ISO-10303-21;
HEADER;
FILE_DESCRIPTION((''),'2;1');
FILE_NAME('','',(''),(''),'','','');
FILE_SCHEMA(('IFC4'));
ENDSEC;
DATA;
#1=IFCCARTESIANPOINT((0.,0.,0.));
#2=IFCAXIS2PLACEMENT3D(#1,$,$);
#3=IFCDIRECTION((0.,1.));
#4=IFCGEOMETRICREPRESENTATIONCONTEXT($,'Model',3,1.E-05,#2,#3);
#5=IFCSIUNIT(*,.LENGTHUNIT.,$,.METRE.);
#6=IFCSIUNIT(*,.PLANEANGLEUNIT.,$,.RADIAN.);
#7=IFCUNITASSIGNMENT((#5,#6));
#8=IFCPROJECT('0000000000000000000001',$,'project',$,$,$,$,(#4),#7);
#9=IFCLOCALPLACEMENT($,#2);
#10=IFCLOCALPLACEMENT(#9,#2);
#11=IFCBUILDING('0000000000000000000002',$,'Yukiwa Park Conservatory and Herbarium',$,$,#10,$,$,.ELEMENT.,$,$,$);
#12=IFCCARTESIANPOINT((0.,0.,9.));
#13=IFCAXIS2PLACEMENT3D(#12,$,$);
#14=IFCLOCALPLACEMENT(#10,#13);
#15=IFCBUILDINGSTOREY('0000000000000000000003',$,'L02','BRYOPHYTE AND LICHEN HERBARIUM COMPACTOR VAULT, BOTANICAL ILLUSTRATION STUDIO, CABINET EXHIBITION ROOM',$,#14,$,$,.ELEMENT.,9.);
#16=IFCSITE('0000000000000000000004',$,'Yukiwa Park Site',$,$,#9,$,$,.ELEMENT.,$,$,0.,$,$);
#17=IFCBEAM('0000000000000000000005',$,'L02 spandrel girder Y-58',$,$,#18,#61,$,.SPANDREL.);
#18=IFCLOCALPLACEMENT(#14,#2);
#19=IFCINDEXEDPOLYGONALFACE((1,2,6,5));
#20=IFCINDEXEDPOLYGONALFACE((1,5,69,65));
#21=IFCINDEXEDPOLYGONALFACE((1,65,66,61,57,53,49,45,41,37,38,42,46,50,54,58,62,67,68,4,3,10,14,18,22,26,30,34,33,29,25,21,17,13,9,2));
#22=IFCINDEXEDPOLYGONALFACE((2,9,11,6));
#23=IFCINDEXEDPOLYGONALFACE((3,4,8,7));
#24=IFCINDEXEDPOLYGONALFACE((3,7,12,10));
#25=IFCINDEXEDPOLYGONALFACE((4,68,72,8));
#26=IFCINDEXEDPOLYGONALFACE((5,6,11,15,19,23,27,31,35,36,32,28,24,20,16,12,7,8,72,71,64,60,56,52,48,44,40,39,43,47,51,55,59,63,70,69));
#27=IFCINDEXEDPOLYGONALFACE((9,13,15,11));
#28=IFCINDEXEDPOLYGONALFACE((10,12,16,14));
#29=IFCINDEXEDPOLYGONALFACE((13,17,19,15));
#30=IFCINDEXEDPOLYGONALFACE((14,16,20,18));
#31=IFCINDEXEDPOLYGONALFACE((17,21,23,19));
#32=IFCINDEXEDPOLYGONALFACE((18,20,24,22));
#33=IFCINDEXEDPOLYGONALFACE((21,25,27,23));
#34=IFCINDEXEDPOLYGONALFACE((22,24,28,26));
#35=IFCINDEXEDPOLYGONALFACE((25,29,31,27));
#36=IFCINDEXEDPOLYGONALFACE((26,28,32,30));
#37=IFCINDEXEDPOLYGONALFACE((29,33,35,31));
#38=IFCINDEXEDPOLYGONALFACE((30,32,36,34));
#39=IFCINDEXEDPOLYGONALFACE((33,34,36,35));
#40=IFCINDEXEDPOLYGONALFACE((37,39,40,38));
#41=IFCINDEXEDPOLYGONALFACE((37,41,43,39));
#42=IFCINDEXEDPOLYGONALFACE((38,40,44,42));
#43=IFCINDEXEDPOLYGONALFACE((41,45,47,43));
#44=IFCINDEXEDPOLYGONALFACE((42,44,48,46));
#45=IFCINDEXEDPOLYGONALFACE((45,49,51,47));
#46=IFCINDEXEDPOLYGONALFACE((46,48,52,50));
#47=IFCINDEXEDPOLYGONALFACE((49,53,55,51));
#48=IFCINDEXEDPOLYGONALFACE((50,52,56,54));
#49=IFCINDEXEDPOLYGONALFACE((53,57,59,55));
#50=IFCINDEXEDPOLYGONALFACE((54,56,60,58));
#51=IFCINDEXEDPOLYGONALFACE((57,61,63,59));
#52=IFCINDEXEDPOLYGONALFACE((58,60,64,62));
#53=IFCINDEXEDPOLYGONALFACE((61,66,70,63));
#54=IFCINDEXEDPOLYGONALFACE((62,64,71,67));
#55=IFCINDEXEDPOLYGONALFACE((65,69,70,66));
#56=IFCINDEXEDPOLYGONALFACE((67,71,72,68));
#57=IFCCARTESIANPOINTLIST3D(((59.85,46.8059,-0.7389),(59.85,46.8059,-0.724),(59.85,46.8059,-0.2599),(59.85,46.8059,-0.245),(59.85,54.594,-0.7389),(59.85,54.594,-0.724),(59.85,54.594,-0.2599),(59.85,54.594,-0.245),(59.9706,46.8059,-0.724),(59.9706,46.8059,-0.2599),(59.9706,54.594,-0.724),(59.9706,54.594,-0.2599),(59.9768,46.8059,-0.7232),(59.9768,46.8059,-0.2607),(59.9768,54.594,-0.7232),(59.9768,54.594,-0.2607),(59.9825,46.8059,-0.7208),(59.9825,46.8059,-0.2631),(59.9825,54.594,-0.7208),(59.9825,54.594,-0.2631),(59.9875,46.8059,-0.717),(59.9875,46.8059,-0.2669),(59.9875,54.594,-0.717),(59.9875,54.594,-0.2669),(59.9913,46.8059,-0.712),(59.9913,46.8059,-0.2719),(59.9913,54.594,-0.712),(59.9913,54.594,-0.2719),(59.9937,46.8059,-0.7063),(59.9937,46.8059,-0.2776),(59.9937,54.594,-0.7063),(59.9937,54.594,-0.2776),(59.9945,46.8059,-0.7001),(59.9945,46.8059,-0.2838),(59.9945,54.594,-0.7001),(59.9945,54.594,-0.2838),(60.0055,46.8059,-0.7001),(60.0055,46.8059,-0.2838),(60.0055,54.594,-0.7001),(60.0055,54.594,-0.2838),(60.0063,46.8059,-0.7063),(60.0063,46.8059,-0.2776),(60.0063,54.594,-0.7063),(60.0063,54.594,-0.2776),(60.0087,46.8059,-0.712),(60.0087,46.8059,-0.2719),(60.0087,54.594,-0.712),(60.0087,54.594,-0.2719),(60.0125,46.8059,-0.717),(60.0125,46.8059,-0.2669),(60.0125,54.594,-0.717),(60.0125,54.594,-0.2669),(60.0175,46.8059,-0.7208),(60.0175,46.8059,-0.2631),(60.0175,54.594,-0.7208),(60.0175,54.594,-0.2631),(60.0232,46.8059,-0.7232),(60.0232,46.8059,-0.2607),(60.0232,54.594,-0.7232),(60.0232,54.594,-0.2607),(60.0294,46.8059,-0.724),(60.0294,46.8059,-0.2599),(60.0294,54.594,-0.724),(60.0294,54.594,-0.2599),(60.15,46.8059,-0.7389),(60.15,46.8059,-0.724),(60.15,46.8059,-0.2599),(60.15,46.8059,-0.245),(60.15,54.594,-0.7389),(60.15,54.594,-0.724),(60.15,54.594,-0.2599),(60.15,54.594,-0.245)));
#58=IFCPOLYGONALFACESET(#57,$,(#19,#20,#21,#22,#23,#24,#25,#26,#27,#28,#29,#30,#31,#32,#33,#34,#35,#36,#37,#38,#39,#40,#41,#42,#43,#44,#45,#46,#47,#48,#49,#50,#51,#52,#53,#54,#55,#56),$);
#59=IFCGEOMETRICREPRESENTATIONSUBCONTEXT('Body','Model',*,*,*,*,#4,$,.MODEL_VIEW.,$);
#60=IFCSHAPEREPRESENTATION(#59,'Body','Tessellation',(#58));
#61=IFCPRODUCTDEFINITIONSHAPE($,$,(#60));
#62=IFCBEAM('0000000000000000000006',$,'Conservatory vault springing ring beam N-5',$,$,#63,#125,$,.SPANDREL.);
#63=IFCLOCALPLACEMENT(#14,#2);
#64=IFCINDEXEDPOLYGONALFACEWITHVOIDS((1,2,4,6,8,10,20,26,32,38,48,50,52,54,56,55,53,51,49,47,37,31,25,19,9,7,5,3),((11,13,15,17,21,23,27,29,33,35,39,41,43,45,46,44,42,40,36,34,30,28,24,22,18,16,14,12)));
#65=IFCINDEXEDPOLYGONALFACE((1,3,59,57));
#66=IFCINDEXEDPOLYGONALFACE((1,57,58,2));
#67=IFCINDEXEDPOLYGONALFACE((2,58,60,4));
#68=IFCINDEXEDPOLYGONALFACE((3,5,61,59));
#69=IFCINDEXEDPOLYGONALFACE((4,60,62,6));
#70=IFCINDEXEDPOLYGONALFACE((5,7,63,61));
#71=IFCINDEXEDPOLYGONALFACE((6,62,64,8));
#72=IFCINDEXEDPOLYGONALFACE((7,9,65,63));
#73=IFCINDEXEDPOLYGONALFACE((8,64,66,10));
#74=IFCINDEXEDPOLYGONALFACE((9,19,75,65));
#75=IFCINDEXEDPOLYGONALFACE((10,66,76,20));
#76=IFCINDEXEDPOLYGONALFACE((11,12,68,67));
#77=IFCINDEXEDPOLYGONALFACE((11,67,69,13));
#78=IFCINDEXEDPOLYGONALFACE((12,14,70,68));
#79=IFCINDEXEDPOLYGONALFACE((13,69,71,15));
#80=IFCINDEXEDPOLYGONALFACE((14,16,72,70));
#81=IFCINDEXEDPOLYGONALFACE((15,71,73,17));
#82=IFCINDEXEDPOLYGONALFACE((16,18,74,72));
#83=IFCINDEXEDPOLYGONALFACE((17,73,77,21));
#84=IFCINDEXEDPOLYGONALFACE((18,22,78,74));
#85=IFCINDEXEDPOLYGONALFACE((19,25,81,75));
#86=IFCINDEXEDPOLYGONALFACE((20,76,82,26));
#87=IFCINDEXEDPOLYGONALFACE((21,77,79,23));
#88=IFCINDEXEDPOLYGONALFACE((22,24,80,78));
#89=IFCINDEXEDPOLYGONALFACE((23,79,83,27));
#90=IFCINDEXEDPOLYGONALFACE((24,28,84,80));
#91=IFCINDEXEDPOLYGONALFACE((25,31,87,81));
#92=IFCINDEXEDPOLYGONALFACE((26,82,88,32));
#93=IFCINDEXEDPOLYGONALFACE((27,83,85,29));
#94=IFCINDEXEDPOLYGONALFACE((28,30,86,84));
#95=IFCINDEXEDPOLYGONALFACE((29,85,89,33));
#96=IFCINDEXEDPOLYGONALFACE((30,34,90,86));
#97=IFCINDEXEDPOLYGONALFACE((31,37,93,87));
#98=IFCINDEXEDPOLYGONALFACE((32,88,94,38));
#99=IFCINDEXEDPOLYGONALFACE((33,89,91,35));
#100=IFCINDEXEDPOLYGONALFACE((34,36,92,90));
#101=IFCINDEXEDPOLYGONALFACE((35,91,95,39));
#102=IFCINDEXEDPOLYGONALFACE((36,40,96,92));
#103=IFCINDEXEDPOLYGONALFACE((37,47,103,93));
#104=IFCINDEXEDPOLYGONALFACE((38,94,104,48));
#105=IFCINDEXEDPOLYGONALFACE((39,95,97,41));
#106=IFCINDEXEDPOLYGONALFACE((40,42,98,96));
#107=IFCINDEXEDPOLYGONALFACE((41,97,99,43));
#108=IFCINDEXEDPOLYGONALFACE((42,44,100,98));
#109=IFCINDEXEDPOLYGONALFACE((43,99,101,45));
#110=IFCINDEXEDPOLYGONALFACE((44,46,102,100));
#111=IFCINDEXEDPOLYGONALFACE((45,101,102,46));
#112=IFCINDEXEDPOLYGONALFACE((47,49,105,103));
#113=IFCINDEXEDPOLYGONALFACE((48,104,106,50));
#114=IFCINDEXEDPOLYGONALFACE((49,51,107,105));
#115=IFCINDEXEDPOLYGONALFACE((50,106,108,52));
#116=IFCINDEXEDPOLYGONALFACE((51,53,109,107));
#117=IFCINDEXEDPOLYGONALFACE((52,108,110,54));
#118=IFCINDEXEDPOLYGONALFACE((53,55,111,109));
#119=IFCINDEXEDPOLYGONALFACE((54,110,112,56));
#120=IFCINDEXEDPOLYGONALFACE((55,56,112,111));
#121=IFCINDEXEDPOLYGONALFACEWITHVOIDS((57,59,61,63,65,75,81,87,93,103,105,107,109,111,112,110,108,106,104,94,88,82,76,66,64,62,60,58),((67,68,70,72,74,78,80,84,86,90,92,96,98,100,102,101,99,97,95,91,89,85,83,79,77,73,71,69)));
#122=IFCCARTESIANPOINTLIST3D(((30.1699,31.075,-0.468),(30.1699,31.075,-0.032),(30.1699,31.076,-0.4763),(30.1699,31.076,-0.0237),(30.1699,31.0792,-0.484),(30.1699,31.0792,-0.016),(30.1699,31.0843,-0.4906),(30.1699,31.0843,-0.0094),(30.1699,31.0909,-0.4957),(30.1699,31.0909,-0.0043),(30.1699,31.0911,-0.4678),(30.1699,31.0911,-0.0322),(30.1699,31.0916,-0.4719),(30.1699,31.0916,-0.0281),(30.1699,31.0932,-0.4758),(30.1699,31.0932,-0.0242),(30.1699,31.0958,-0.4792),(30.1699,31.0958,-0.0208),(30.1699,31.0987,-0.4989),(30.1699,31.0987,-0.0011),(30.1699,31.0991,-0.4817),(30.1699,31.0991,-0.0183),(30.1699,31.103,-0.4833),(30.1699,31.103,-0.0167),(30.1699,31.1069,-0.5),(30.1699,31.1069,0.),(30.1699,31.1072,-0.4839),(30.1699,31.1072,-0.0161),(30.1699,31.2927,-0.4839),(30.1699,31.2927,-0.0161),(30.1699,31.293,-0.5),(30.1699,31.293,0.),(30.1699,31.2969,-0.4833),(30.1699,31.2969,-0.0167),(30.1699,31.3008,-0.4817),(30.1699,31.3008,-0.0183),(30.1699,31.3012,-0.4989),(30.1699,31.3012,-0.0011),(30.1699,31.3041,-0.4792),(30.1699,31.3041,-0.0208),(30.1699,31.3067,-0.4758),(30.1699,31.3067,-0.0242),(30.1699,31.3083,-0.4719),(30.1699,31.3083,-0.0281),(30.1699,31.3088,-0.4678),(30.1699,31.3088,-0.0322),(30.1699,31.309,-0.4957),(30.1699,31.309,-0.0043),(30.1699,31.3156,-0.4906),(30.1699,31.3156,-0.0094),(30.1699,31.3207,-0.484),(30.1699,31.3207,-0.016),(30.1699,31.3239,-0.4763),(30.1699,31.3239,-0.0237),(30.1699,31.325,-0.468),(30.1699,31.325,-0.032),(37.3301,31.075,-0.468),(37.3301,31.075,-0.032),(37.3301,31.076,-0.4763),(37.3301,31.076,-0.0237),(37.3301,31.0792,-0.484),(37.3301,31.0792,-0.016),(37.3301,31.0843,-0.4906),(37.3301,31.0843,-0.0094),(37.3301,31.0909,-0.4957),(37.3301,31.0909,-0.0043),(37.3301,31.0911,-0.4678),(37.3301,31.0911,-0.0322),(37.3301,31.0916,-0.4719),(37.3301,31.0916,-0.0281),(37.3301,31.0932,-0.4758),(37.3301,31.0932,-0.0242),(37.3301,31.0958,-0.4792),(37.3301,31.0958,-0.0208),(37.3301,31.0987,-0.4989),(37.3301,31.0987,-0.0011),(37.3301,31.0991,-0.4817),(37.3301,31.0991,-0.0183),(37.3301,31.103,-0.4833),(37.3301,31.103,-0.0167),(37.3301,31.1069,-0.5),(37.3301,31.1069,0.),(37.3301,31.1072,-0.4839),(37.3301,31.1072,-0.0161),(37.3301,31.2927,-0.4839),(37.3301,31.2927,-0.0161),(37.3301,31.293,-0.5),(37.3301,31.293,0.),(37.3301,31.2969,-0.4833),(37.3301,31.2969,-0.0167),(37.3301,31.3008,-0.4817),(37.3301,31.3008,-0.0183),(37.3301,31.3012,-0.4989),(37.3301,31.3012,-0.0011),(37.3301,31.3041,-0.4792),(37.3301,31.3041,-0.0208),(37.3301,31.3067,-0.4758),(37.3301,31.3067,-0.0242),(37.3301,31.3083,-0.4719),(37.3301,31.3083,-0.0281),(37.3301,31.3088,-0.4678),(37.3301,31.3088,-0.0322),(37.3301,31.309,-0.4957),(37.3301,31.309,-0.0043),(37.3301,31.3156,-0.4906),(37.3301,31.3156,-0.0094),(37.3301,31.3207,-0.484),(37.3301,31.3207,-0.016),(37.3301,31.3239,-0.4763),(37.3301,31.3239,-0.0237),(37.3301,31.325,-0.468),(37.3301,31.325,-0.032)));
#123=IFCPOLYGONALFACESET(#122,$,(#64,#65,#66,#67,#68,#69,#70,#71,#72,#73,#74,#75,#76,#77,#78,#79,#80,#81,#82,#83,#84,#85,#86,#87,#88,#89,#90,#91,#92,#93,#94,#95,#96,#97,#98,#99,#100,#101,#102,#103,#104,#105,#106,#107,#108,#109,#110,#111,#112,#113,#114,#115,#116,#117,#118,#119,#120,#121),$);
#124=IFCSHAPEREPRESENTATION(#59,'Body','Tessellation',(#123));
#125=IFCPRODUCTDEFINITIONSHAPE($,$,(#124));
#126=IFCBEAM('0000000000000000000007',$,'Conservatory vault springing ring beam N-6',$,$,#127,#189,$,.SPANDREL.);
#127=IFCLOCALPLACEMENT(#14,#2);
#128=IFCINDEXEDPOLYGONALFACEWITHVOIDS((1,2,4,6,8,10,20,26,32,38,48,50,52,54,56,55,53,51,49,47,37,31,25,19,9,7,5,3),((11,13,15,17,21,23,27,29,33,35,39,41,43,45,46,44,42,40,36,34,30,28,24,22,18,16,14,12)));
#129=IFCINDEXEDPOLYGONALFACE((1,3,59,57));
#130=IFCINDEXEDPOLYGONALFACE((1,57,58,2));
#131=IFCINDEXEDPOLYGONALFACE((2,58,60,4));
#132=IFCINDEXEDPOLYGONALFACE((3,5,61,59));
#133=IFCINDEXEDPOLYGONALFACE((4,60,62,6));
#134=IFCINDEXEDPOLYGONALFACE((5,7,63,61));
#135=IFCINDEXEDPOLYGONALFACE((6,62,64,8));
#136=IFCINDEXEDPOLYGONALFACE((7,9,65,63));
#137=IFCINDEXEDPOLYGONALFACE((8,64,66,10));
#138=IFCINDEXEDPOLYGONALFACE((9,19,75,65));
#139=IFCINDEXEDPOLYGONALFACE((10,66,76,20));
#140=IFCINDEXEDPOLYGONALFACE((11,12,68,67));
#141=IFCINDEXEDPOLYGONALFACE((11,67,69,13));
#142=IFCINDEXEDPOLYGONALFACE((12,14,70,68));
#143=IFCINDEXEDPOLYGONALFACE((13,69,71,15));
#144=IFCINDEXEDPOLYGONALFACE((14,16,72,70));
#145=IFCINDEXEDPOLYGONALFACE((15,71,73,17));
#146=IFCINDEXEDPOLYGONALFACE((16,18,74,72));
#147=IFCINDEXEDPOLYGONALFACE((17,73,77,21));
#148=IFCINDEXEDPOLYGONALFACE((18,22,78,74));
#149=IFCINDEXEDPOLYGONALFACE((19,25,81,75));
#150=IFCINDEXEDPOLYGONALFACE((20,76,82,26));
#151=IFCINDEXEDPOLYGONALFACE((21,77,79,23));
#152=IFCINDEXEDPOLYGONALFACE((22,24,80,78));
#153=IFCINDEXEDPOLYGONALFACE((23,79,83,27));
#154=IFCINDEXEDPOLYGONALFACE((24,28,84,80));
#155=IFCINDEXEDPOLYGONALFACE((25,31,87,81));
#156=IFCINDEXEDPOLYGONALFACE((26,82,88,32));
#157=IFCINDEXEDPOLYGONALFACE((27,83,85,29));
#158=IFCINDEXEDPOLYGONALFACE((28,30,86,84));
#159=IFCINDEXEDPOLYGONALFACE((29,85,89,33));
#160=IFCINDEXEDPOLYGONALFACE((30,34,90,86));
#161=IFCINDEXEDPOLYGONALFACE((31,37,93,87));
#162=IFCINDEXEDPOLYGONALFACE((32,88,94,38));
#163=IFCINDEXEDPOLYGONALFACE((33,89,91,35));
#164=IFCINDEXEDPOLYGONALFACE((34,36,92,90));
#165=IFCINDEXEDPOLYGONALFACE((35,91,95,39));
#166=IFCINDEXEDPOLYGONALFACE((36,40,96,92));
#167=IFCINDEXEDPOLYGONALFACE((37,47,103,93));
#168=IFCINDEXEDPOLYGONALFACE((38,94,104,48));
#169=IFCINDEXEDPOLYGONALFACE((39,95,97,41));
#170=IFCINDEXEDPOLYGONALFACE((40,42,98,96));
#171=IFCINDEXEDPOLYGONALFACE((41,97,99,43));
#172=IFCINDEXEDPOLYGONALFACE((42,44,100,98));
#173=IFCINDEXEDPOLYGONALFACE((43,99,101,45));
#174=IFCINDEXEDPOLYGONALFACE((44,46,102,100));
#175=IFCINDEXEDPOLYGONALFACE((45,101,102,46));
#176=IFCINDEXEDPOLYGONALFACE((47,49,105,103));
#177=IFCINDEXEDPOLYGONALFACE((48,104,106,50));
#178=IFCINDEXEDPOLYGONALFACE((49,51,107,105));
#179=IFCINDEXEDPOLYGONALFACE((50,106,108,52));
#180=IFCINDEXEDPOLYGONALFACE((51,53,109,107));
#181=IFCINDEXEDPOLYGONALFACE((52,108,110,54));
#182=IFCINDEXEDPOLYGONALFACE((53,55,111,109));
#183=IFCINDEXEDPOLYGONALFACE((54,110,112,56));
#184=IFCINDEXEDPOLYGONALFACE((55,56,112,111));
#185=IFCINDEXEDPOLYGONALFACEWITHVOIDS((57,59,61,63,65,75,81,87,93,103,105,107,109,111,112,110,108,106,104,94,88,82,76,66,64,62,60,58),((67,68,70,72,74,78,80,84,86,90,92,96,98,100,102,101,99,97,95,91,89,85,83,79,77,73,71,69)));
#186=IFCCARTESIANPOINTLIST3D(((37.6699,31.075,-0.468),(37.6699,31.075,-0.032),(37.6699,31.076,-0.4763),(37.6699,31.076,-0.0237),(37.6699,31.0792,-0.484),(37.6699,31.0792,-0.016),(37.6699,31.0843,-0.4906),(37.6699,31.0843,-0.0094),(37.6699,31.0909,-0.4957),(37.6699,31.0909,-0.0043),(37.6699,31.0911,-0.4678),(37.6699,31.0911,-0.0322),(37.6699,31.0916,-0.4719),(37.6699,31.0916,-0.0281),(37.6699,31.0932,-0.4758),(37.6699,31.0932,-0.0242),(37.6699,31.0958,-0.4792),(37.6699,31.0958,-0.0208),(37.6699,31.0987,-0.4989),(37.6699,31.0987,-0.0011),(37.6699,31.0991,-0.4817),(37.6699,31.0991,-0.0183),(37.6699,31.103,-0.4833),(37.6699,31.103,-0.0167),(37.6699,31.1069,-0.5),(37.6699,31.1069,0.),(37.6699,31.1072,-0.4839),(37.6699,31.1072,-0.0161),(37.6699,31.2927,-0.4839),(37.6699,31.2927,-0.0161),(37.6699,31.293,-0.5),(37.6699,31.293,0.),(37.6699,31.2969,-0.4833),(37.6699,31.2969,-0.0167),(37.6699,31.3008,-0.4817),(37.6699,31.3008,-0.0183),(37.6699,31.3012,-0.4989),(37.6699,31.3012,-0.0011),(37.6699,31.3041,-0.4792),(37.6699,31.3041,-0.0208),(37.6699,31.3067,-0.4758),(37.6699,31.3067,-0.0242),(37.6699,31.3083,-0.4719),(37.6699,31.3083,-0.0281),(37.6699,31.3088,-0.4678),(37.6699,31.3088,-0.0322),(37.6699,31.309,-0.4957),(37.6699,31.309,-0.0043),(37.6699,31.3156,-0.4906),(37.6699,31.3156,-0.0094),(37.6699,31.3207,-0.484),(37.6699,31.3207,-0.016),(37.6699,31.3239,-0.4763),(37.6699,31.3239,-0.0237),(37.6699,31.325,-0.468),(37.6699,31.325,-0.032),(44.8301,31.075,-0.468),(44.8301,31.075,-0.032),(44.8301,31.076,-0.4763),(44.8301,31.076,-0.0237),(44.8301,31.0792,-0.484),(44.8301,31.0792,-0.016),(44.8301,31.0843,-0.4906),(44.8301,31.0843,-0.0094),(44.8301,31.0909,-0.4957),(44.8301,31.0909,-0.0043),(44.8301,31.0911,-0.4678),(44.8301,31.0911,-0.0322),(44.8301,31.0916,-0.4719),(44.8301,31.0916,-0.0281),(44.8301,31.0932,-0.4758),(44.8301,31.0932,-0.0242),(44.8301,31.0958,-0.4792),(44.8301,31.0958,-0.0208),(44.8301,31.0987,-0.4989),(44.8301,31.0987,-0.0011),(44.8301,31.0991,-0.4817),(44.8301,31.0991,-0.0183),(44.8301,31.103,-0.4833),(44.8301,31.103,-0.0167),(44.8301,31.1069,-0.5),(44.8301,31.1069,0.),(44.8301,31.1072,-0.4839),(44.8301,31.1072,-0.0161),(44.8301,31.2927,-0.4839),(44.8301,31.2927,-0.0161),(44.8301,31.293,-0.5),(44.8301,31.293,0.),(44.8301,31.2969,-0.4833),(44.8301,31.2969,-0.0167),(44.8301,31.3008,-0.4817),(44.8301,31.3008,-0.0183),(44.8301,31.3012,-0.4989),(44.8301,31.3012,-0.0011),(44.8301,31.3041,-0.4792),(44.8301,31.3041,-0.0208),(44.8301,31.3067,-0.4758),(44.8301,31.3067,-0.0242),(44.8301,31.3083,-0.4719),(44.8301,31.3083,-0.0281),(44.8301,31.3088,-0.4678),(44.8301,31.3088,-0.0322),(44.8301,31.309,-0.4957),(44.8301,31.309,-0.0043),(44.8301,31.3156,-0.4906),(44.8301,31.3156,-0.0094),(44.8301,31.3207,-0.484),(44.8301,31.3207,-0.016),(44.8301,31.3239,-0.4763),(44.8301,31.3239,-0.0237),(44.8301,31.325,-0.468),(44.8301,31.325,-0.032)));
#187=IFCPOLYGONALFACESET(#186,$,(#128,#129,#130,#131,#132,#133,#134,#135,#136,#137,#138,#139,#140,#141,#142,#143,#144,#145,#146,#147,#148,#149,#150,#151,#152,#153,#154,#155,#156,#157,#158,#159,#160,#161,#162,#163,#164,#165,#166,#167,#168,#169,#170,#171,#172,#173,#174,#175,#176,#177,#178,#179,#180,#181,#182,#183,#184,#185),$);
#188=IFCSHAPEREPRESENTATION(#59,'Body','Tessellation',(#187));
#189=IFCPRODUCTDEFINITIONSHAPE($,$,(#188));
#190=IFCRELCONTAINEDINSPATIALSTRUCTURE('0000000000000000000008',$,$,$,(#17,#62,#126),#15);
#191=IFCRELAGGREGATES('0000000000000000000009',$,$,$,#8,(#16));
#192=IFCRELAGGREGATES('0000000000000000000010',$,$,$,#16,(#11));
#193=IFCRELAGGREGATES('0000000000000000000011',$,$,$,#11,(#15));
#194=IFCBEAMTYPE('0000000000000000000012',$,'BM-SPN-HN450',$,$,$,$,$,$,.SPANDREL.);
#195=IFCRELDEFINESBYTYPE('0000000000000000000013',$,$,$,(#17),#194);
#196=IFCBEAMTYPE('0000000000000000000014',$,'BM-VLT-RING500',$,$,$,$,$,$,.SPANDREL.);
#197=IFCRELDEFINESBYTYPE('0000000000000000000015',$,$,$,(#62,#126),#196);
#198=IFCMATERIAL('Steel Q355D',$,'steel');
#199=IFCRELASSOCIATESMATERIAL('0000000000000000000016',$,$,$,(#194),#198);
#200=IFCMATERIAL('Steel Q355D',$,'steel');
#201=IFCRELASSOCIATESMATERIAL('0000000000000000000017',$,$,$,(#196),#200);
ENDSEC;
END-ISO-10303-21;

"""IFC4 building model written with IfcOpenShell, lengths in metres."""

from ifc_helpers import new_model, si_unit, direction, frame, origin, origin_2d, place, context, subcontext, project, spatial, hollow_rectangle, i_section, extrude, material, material_profile, profile_set, type_object, element, save


model = new_model("IFC4")

# Units and contexts
model_context = context("Model", 3, precision=1e-05, world=origin(), true_north=direction((0.0, 1.0)))
body_context = subcontext(model_context, "Body", "Model", "MODEL_VIEW")
ifc_project = project(units=[si_unit("LENGTHUNIT", "METRE"), si_unit("PLANEANGLEUNIT", "RADIAN")], contexts=[model_context])

# Site, building, storey
site_placement = place(None, origin())
site = spatial("IfcSite", under=ifc_project, at=site_placement, Name="Yukiwa Park Site", CompositionType="ELEMENT", RefElevation=0.0)
building_placement = place(site_placement, origin())
building = spatial("IfcBuilding", under=site, at=building_placement, Name="Yukiwa Park Conservatory and Herbarium", CompositionType="ELEMENT")
storey_placement = place(building_placement, frame((0.0, 0.0, 9.0)))
storey = spatial("IfcBuildingStorey", under=building, at=storey_placement, Name="L02", Description="BRYOPHYTE AND LICHEN HERBARIUM COMPACTOR VAULT, BOTANICAL ILLUSTRATION STUDIO, CABINET EXHIBITION ROOM", CompositionType="ELEMENT", Elevation=9.0)

# Beams
ifc_material_1 = material(Name="Steel Q355D", Category="steel")
ifc_material_profile_1 = material_profile(ifc_material_1, i_section(OverallWidth=0.3, OverallDepth=0.4939, WebThickness=0.011, FlangeThickness=0.0149, FilletRadius=0.0239, at=origin_2d()), Name="HM 494x300x11x15")
ifc_profile_set_1 = profile_set([ifc_material_profile_1], Name="Steel Q355D")
beam_type_1 = type_object("IfcBeamType", Name="BM-SPN-HN450", PredefinedType="SPANDREL", material=ifc_profile_set_1)
beam_1_placement = place(storey_placement, frame((60.0, 46.8059, -0.4919), z_axis=(0.0, 1.0, 0.0), x_axis=(-1.0, 0.0, 0.0)))
element("IfcBeam", 1, at=beam_1_placement, inside=storey, type_object=beam_type_1, Name="L02 spandrel girder Y-58", PredefinedType="SPANDREL", context=body_context, shape_type="SweptSolid", body=[
    extrude(i_section(OverallWidth=0.3, OverallDepth=0.4939, WebThickness=0.011, FlangeThickness=0.0149, FilletRadius=0.0239, at=origin_2d()), origin(), (0.0, 0.0, 1.0), 7.7881),
])
ifc_material_2 = material(Name="Steel Q355D", Category="steel")
ifc_material_profile_2 = material_profile(ifc_material_2, hollow_rectangle(XDim=0.25, YDim=0.5, WallThickness=0.0161, InnerFilletRadius=0.0161, OuterFilletRadius=0.032, at=origin_2d()), Name="RHS 500x250x16")
ifc_profile_set_2 = profile_set([ifc_material_profile_2], Name="Steel Q355D")
beam_type_2 = type_object("IfcBeamType", Name="BM-VLT-RING500", PredefinedType="SPANDREL", material=ifc_profile_set_2)
for number, where, z_axis, x_axis, name in (
    (2, (30.1699, 31.2, -0.25), (1.0, 0.0, 0.0), (0.0, 1.0, 0.0), "Conservatory vault springing ring beam N-5"),
    (3, (37.6699, 31.2, -0.25), (1.0, 0.0, 0.0), (0.0, 1.0, 0.0), "Conservatory vault springing ring beam N-6"),
):
    element("IfcBeam", number, at=place(storey_placement, frame(where, z_axis=z_axis, x_axis=x_axis)), inside=storey, type_object=beam_type_2, Name=name, PredefinedType="SPANDREL", context=body_context, shape_type="SweptSolid", body=[
        extrude(hollow_rectangle(XDim=0.25, YDim=0.5, WallThickness=0.0161, InnerFilletRadius=0.0161, OuterFilletRadius=0.032, at=origin_2d()), origin(), (0.0, 0.0, 1.0), 7.1602),
    ])

save(model, "model.ifc")
